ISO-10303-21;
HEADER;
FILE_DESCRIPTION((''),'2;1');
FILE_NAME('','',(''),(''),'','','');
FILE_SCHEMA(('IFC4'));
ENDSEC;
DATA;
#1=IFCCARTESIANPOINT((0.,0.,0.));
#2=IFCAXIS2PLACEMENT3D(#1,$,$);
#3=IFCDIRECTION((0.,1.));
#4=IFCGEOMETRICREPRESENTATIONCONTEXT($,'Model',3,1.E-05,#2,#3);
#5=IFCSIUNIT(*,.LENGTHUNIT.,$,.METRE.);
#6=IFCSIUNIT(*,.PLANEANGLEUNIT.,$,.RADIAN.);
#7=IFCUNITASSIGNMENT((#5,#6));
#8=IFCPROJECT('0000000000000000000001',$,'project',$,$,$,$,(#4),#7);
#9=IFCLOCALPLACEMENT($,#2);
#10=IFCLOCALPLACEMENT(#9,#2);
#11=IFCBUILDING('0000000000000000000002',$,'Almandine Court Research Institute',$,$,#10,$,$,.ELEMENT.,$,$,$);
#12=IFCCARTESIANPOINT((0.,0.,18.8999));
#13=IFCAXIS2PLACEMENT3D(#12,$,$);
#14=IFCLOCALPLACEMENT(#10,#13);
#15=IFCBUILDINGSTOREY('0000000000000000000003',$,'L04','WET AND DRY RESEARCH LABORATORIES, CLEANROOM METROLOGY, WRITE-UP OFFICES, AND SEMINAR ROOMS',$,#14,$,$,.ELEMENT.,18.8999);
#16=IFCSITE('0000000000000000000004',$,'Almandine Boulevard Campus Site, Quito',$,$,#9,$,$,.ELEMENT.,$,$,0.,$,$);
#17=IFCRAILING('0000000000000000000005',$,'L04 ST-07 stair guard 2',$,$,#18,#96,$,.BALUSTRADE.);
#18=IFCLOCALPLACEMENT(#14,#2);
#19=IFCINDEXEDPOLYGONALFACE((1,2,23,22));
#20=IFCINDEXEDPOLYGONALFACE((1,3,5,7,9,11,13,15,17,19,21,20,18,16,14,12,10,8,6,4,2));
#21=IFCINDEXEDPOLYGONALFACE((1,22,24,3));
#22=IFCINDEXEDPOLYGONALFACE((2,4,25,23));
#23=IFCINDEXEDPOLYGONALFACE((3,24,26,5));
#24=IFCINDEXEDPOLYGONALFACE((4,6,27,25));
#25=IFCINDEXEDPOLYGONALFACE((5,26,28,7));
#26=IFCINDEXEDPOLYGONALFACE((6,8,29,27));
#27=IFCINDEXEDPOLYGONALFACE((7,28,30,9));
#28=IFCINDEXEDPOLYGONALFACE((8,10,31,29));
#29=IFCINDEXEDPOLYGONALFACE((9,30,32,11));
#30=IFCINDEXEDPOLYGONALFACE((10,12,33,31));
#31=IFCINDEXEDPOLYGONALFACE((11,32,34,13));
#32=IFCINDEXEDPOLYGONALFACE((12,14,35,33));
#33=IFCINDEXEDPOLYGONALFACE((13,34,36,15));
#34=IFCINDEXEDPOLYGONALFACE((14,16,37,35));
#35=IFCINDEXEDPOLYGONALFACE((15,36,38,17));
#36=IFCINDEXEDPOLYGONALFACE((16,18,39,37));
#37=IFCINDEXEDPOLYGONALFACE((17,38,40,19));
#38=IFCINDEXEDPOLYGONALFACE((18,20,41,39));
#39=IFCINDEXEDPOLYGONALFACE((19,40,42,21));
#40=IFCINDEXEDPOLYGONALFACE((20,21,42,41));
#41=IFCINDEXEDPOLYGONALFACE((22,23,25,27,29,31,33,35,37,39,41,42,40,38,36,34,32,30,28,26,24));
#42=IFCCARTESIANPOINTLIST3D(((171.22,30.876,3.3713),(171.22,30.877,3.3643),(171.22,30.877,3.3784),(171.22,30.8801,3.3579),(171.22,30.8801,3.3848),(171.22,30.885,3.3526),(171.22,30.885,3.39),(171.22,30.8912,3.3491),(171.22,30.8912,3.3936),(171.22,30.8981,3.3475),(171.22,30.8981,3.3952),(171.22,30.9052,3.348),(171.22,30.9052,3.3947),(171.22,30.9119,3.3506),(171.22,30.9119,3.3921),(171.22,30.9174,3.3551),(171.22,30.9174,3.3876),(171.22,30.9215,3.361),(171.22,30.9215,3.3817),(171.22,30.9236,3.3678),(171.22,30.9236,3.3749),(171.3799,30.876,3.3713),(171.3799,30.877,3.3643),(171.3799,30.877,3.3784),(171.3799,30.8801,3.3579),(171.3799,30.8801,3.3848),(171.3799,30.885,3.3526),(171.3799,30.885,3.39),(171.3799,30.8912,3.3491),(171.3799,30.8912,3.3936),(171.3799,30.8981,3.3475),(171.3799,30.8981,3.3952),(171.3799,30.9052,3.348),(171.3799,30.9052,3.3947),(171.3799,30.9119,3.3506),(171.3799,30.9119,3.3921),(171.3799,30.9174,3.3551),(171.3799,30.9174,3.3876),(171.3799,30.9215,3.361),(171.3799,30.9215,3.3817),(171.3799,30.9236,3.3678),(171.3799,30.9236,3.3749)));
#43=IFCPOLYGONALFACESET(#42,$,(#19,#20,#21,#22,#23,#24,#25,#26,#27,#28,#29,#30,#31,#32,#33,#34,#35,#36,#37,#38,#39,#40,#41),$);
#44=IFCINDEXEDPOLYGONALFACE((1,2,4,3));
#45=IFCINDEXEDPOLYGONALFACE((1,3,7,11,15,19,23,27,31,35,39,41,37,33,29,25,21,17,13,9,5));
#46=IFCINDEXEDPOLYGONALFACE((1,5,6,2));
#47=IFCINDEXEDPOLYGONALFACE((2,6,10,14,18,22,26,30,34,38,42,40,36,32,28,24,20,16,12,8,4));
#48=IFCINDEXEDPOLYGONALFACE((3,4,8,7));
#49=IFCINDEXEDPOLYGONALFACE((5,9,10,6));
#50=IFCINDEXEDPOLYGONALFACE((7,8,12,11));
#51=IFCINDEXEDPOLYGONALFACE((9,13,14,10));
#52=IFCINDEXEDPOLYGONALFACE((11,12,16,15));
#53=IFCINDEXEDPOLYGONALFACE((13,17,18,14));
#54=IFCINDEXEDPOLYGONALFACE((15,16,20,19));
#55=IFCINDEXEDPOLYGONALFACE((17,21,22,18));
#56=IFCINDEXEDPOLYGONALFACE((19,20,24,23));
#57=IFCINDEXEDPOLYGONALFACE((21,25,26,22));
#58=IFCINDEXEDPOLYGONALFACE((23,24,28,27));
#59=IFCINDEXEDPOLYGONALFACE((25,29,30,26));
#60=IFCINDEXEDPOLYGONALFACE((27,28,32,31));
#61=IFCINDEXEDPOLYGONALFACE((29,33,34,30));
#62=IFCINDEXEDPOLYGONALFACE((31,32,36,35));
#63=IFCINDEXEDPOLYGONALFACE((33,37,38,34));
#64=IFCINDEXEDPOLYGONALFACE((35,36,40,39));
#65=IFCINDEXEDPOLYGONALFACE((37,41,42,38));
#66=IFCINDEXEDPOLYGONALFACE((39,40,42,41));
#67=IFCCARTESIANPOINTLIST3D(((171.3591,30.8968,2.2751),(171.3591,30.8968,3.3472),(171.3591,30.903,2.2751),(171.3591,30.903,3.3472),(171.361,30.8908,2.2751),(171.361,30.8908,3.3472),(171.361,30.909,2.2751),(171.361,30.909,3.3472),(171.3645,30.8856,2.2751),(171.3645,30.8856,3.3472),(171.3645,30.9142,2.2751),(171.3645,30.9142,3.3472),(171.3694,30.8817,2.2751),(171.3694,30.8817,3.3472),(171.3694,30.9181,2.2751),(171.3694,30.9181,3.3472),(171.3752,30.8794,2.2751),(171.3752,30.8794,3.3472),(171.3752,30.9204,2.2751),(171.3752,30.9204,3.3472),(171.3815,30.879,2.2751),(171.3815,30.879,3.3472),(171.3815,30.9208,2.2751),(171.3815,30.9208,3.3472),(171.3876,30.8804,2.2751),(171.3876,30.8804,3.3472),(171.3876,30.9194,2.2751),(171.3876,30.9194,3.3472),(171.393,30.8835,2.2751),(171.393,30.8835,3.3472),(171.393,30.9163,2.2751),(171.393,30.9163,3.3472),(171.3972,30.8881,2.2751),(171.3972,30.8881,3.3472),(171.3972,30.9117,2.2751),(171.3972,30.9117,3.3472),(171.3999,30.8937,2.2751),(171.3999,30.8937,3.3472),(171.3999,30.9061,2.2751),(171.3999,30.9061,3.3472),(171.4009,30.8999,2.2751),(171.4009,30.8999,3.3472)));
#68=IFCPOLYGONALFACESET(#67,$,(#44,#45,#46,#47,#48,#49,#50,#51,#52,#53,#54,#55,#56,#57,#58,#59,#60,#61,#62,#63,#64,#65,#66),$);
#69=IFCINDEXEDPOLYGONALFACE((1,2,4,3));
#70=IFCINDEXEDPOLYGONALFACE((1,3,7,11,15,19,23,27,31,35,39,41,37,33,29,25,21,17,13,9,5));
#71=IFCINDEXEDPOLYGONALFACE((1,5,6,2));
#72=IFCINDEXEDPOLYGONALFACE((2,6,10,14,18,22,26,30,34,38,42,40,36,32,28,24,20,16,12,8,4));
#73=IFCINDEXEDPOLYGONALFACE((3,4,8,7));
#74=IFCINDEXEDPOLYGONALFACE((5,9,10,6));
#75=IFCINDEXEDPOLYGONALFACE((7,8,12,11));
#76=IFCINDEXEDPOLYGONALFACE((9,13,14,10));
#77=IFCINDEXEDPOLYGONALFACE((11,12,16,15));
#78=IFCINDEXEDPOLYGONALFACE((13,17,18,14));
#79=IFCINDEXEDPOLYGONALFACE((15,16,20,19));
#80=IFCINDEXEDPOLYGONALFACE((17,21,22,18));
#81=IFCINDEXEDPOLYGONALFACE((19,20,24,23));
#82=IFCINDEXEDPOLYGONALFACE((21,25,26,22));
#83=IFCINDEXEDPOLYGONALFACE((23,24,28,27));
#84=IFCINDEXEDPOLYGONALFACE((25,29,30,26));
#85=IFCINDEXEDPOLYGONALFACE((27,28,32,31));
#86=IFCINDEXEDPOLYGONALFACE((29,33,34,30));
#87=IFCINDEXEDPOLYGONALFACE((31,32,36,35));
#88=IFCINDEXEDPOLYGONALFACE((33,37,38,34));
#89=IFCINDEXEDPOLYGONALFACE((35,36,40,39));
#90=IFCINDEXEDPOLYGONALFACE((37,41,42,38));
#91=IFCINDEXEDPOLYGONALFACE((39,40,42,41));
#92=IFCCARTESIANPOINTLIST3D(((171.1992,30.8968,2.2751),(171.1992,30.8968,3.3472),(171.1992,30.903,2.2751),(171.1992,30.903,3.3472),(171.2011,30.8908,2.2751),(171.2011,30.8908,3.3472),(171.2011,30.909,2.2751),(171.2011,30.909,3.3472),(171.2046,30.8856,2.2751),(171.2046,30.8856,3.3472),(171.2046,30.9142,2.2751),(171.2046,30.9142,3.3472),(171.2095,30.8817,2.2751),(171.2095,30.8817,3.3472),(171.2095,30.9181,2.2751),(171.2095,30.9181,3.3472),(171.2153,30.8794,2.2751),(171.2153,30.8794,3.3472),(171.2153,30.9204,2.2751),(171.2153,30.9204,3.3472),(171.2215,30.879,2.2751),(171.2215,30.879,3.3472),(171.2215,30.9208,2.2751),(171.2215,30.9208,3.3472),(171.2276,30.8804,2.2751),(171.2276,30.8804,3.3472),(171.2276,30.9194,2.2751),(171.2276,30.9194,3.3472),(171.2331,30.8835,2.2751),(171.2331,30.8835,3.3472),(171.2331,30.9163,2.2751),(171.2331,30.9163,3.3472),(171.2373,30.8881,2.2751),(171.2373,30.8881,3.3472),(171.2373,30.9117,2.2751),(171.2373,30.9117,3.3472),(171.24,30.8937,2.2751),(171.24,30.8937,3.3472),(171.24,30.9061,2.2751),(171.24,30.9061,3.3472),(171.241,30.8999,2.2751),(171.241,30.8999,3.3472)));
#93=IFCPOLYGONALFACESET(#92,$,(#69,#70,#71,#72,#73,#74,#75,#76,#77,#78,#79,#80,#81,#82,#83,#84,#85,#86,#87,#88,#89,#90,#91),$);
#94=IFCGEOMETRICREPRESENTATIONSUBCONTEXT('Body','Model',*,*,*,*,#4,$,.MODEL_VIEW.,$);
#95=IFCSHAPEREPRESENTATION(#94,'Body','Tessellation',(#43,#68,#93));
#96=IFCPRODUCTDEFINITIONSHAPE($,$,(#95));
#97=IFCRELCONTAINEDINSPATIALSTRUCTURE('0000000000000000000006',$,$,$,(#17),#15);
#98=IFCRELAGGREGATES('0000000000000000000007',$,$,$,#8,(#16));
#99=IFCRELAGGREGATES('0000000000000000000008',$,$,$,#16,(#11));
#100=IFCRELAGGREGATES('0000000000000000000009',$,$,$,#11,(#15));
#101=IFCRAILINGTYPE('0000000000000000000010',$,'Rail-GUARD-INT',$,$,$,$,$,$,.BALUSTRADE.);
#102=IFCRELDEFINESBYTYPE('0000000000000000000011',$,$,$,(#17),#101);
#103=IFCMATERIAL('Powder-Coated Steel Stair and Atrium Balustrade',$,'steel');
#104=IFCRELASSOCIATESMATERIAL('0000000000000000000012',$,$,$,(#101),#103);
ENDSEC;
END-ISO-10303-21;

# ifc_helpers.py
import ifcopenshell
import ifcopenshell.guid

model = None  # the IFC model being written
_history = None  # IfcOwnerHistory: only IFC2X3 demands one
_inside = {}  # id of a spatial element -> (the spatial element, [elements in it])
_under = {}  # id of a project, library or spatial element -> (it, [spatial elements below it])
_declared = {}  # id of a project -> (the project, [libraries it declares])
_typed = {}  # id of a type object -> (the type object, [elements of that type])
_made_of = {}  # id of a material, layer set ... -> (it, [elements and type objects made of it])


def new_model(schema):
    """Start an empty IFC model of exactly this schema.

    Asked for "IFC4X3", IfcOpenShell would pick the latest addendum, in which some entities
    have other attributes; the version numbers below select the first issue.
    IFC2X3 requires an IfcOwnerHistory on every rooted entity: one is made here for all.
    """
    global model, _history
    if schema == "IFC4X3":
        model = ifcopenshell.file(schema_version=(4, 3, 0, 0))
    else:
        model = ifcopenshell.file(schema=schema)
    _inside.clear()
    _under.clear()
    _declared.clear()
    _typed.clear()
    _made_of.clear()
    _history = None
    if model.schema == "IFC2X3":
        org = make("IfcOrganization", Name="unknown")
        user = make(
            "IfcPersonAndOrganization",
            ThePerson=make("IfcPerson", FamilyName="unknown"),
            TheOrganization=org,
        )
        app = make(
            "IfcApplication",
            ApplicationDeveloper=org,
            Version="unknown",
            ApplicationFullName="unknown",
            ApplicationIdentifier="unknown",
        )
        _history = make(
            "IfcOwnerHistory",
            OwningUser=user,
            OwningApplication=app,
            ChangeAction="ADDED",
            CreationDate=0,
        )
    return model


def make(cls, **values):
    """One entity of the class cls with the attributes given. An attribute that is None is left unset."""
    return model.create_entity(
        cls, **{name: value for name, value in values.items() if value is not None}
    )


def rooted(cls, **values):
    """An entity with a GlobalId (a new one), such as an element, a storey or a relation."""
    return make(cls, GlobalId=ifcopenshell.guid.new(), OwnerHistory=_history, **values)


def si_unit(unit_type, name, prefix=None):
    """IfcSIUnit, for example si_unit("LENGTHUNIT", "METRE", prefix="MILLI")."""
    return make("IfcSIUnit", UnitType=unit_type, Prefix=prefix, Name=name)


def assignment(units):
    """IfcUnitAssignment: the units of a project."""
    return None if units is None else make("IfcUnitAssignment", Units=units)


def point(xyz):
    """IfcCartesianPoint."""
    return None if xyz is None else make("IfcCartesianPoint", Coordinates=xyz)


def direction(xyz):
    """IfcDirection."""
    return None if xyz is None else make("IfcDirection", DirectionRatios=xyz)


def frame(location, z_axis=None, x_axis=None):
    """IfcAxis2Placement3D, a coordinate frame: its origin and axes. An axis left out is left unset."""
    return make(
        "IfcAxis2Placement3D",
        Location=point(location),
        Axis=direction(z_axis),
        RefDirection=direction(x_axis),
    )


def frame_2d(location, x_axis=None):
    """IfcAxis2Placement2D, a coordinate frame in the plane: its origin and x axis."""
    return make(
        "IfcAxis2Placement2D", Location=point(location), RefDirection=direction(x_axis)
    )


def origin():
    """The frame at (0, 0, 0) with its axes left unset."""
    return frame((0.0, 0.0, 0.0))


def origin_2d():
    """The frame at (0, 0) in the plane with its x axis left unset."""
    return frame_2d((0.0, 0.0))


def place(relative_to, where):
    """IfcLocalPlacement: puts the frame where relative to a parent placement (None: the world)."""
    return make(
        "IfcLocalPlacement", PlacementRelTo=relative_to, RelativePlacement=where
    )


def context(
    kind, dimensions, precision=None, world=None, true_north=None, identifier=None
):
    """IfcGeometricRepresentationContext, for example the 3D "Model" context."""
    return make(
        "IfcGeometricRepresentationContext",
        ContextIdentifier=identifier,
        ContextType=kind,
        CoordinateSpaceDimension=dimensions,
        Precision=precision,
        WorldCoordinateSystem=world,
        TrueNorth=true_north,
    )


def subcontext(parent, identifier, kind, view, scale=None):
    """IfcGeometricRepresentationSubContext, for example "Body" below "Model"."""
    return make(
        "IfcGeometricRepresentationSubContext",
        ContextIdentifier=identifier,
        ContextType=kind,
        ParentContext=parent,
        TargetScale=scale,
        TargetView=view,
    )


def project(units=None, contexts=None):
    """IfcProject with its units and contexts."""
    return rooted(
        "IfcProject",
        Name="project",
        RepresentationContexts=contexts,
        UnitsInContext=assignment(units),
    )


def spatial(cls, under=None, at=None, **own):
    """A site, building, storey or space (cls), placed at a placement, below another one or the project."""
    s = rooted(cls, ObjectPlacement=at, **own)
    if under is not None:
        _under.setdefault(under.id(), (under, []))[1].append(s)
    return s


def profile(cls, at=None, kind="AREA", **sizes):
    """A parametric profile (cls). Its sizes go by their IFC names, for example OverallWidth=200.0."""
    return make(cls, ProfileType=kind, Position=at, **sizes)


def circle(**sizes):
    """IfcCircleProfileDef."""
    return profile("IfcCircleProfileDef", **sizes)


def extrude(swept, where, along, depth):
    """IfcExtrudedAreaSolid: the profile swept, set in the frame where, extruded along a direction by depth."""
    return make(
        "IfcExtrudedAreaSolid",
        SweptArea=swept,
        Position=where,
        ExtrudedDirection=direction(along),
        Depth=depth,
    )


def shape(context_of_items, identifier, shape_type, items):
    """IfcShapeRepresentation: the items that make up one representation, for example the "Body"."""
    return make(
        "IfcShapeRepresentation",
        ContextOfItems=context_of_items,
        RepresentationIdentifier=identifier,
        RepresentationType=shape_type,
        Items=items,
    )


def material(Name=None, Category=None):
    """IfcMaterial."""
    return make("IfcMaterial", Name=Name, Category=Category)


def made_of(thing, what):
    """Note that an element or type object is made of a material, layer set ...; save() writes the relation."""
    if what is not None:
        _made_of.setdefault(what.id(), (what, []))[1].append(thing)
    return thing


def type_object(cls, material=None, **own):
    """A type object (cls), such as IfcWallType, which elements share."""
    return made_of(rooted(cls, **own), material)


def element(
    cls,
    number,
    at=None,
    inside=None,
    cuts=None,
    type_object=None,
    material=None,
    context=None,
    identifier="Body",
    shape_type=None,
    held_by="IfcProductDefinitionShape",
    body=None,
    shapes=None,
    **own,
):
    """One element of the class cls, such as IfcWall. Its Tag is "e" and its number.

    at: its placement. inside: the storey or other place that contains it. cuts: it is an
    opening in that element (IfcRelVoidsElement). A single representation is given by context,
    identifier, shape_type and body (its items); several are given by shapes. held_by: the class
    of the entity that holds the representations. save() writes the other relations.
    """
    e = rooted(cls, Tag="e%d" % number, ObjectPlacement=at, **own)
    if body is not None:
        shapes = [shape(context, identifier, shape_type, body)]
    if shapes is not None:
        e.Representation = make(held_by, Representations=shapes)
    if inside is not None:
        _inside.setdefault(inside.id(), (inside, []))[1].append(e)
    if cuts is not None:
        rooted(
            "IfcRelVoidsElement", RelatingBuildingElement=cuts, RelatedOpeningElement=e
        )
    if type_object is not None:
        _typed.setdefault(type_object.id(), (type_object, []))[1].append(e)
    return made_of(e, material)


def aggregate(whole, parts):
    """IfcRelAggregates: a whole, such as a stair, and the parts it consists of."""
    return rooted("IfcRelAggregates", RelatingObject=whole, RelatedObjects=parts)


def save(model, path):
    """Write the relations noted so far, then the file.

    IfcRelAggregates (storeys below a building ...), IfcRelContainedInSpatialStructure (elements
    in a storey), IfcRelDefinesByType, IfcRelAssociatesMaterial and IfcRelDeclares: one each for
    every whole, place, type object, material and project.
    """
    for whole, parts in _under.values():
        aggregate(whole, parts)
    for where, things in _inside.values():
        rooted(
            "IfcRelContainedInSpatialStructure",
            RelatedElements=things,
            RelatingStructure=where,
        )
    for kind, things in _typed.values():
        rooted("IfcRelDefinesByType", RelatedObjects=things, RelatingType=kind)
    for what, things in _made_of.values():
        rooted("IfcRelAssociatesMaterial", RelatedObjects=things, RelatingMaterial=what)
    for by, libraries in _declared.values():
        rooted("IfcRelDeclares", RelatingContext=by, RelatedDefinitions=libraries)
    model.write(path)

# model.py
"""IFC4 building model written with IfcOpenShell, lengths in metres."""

from ifc_helpers import new_model, si_unit, direction, frame, origin, origin_2d, place, context, subcontext, project, spatial, circle, extrude, material, type_object, element, save


model = new_model("IFC4")

# Units and contexts
model_context = context("Model", 3, precision=1e-05, world=origin(), true_north=direction((0.0, 1.0)))
body_context = subcontext(model_context, "Body", "Model", "MODEL_VIEW")
ifc_project = project(units=[si_unit("LENGTHUNIT", "METRE"), si_unit("PLANEANGLEUNIT", "RADIAN")], contexts=[model_context])

# Site, building, storey
site_placement = place(None, origin())
site = spatial("IfcSite", under=ifc_project, at=site_placement, Name="Almandine Boulevard Campus Site, Quito", CompositionType="ELEMENT", RefElevation=0.0)
building_placement = place(site_placement, origin())
building = spatial("IfcBuilding", under=site, at=building_placement, Name="Almandine Court Research Institute", CompositionType="ELEMENT")
storey_placement = place(building_placement, frame((0.0, 0.0, 18.8999)))
storey = spatial("IfcBuildingStorey", under=building, at=storey_placement, Name="L04", Description="WET AND DRY RESEARCH LABORATORIES, CLEANROOM METROLOGY, WRITE-UP OFFICES, AND SEMINAR ROOMS", CompositionType="ELEMENT", Elevation=18.8999)

# Railing
ifc_material_1 = material(Name="Powder-Coated Steel Stair and Atrium Balustrade", Category="steel")
railing_type_1 = type_object("IfcRailingType", Name="Rail-GUARD-INT", PredefinedType="BALUSTRADE", material=ifc_material_1)
railing_1_placement = place(storey_placement, frame((171.3799, 30.8999, 2.2751)))
element("IfcRailing", 1, at=railing_1_placement, inside=storey, type_object=railing_type_1, Name="L04 ST-07 stair guard 2", PredefinedType="BALUSTRADE", context=body_context, shape_type="SweptSolid", body=[
    extrude(circle(Radius=0.0239, at=origin_2d()), frame((0.0, 0.0, 1.0962), z_axis=(-1.0, 0.0, 0.0), x_axis=(0.0, -1.0, 0.0)), (0.0, 0.0, 1.0), 0.1599),
    extrude(circle(Radius=0.021, at=origin_2d()), origin(), (0.0, 0.0, 1.0), 1.072),
    extrude(circle(Radius=0.021, at=origin_2d()), frame((-0.1599, 0.0, 0.0)), (0.0, 0.0, 1.0), 1.072),
])

save(model, "model.ifc")
